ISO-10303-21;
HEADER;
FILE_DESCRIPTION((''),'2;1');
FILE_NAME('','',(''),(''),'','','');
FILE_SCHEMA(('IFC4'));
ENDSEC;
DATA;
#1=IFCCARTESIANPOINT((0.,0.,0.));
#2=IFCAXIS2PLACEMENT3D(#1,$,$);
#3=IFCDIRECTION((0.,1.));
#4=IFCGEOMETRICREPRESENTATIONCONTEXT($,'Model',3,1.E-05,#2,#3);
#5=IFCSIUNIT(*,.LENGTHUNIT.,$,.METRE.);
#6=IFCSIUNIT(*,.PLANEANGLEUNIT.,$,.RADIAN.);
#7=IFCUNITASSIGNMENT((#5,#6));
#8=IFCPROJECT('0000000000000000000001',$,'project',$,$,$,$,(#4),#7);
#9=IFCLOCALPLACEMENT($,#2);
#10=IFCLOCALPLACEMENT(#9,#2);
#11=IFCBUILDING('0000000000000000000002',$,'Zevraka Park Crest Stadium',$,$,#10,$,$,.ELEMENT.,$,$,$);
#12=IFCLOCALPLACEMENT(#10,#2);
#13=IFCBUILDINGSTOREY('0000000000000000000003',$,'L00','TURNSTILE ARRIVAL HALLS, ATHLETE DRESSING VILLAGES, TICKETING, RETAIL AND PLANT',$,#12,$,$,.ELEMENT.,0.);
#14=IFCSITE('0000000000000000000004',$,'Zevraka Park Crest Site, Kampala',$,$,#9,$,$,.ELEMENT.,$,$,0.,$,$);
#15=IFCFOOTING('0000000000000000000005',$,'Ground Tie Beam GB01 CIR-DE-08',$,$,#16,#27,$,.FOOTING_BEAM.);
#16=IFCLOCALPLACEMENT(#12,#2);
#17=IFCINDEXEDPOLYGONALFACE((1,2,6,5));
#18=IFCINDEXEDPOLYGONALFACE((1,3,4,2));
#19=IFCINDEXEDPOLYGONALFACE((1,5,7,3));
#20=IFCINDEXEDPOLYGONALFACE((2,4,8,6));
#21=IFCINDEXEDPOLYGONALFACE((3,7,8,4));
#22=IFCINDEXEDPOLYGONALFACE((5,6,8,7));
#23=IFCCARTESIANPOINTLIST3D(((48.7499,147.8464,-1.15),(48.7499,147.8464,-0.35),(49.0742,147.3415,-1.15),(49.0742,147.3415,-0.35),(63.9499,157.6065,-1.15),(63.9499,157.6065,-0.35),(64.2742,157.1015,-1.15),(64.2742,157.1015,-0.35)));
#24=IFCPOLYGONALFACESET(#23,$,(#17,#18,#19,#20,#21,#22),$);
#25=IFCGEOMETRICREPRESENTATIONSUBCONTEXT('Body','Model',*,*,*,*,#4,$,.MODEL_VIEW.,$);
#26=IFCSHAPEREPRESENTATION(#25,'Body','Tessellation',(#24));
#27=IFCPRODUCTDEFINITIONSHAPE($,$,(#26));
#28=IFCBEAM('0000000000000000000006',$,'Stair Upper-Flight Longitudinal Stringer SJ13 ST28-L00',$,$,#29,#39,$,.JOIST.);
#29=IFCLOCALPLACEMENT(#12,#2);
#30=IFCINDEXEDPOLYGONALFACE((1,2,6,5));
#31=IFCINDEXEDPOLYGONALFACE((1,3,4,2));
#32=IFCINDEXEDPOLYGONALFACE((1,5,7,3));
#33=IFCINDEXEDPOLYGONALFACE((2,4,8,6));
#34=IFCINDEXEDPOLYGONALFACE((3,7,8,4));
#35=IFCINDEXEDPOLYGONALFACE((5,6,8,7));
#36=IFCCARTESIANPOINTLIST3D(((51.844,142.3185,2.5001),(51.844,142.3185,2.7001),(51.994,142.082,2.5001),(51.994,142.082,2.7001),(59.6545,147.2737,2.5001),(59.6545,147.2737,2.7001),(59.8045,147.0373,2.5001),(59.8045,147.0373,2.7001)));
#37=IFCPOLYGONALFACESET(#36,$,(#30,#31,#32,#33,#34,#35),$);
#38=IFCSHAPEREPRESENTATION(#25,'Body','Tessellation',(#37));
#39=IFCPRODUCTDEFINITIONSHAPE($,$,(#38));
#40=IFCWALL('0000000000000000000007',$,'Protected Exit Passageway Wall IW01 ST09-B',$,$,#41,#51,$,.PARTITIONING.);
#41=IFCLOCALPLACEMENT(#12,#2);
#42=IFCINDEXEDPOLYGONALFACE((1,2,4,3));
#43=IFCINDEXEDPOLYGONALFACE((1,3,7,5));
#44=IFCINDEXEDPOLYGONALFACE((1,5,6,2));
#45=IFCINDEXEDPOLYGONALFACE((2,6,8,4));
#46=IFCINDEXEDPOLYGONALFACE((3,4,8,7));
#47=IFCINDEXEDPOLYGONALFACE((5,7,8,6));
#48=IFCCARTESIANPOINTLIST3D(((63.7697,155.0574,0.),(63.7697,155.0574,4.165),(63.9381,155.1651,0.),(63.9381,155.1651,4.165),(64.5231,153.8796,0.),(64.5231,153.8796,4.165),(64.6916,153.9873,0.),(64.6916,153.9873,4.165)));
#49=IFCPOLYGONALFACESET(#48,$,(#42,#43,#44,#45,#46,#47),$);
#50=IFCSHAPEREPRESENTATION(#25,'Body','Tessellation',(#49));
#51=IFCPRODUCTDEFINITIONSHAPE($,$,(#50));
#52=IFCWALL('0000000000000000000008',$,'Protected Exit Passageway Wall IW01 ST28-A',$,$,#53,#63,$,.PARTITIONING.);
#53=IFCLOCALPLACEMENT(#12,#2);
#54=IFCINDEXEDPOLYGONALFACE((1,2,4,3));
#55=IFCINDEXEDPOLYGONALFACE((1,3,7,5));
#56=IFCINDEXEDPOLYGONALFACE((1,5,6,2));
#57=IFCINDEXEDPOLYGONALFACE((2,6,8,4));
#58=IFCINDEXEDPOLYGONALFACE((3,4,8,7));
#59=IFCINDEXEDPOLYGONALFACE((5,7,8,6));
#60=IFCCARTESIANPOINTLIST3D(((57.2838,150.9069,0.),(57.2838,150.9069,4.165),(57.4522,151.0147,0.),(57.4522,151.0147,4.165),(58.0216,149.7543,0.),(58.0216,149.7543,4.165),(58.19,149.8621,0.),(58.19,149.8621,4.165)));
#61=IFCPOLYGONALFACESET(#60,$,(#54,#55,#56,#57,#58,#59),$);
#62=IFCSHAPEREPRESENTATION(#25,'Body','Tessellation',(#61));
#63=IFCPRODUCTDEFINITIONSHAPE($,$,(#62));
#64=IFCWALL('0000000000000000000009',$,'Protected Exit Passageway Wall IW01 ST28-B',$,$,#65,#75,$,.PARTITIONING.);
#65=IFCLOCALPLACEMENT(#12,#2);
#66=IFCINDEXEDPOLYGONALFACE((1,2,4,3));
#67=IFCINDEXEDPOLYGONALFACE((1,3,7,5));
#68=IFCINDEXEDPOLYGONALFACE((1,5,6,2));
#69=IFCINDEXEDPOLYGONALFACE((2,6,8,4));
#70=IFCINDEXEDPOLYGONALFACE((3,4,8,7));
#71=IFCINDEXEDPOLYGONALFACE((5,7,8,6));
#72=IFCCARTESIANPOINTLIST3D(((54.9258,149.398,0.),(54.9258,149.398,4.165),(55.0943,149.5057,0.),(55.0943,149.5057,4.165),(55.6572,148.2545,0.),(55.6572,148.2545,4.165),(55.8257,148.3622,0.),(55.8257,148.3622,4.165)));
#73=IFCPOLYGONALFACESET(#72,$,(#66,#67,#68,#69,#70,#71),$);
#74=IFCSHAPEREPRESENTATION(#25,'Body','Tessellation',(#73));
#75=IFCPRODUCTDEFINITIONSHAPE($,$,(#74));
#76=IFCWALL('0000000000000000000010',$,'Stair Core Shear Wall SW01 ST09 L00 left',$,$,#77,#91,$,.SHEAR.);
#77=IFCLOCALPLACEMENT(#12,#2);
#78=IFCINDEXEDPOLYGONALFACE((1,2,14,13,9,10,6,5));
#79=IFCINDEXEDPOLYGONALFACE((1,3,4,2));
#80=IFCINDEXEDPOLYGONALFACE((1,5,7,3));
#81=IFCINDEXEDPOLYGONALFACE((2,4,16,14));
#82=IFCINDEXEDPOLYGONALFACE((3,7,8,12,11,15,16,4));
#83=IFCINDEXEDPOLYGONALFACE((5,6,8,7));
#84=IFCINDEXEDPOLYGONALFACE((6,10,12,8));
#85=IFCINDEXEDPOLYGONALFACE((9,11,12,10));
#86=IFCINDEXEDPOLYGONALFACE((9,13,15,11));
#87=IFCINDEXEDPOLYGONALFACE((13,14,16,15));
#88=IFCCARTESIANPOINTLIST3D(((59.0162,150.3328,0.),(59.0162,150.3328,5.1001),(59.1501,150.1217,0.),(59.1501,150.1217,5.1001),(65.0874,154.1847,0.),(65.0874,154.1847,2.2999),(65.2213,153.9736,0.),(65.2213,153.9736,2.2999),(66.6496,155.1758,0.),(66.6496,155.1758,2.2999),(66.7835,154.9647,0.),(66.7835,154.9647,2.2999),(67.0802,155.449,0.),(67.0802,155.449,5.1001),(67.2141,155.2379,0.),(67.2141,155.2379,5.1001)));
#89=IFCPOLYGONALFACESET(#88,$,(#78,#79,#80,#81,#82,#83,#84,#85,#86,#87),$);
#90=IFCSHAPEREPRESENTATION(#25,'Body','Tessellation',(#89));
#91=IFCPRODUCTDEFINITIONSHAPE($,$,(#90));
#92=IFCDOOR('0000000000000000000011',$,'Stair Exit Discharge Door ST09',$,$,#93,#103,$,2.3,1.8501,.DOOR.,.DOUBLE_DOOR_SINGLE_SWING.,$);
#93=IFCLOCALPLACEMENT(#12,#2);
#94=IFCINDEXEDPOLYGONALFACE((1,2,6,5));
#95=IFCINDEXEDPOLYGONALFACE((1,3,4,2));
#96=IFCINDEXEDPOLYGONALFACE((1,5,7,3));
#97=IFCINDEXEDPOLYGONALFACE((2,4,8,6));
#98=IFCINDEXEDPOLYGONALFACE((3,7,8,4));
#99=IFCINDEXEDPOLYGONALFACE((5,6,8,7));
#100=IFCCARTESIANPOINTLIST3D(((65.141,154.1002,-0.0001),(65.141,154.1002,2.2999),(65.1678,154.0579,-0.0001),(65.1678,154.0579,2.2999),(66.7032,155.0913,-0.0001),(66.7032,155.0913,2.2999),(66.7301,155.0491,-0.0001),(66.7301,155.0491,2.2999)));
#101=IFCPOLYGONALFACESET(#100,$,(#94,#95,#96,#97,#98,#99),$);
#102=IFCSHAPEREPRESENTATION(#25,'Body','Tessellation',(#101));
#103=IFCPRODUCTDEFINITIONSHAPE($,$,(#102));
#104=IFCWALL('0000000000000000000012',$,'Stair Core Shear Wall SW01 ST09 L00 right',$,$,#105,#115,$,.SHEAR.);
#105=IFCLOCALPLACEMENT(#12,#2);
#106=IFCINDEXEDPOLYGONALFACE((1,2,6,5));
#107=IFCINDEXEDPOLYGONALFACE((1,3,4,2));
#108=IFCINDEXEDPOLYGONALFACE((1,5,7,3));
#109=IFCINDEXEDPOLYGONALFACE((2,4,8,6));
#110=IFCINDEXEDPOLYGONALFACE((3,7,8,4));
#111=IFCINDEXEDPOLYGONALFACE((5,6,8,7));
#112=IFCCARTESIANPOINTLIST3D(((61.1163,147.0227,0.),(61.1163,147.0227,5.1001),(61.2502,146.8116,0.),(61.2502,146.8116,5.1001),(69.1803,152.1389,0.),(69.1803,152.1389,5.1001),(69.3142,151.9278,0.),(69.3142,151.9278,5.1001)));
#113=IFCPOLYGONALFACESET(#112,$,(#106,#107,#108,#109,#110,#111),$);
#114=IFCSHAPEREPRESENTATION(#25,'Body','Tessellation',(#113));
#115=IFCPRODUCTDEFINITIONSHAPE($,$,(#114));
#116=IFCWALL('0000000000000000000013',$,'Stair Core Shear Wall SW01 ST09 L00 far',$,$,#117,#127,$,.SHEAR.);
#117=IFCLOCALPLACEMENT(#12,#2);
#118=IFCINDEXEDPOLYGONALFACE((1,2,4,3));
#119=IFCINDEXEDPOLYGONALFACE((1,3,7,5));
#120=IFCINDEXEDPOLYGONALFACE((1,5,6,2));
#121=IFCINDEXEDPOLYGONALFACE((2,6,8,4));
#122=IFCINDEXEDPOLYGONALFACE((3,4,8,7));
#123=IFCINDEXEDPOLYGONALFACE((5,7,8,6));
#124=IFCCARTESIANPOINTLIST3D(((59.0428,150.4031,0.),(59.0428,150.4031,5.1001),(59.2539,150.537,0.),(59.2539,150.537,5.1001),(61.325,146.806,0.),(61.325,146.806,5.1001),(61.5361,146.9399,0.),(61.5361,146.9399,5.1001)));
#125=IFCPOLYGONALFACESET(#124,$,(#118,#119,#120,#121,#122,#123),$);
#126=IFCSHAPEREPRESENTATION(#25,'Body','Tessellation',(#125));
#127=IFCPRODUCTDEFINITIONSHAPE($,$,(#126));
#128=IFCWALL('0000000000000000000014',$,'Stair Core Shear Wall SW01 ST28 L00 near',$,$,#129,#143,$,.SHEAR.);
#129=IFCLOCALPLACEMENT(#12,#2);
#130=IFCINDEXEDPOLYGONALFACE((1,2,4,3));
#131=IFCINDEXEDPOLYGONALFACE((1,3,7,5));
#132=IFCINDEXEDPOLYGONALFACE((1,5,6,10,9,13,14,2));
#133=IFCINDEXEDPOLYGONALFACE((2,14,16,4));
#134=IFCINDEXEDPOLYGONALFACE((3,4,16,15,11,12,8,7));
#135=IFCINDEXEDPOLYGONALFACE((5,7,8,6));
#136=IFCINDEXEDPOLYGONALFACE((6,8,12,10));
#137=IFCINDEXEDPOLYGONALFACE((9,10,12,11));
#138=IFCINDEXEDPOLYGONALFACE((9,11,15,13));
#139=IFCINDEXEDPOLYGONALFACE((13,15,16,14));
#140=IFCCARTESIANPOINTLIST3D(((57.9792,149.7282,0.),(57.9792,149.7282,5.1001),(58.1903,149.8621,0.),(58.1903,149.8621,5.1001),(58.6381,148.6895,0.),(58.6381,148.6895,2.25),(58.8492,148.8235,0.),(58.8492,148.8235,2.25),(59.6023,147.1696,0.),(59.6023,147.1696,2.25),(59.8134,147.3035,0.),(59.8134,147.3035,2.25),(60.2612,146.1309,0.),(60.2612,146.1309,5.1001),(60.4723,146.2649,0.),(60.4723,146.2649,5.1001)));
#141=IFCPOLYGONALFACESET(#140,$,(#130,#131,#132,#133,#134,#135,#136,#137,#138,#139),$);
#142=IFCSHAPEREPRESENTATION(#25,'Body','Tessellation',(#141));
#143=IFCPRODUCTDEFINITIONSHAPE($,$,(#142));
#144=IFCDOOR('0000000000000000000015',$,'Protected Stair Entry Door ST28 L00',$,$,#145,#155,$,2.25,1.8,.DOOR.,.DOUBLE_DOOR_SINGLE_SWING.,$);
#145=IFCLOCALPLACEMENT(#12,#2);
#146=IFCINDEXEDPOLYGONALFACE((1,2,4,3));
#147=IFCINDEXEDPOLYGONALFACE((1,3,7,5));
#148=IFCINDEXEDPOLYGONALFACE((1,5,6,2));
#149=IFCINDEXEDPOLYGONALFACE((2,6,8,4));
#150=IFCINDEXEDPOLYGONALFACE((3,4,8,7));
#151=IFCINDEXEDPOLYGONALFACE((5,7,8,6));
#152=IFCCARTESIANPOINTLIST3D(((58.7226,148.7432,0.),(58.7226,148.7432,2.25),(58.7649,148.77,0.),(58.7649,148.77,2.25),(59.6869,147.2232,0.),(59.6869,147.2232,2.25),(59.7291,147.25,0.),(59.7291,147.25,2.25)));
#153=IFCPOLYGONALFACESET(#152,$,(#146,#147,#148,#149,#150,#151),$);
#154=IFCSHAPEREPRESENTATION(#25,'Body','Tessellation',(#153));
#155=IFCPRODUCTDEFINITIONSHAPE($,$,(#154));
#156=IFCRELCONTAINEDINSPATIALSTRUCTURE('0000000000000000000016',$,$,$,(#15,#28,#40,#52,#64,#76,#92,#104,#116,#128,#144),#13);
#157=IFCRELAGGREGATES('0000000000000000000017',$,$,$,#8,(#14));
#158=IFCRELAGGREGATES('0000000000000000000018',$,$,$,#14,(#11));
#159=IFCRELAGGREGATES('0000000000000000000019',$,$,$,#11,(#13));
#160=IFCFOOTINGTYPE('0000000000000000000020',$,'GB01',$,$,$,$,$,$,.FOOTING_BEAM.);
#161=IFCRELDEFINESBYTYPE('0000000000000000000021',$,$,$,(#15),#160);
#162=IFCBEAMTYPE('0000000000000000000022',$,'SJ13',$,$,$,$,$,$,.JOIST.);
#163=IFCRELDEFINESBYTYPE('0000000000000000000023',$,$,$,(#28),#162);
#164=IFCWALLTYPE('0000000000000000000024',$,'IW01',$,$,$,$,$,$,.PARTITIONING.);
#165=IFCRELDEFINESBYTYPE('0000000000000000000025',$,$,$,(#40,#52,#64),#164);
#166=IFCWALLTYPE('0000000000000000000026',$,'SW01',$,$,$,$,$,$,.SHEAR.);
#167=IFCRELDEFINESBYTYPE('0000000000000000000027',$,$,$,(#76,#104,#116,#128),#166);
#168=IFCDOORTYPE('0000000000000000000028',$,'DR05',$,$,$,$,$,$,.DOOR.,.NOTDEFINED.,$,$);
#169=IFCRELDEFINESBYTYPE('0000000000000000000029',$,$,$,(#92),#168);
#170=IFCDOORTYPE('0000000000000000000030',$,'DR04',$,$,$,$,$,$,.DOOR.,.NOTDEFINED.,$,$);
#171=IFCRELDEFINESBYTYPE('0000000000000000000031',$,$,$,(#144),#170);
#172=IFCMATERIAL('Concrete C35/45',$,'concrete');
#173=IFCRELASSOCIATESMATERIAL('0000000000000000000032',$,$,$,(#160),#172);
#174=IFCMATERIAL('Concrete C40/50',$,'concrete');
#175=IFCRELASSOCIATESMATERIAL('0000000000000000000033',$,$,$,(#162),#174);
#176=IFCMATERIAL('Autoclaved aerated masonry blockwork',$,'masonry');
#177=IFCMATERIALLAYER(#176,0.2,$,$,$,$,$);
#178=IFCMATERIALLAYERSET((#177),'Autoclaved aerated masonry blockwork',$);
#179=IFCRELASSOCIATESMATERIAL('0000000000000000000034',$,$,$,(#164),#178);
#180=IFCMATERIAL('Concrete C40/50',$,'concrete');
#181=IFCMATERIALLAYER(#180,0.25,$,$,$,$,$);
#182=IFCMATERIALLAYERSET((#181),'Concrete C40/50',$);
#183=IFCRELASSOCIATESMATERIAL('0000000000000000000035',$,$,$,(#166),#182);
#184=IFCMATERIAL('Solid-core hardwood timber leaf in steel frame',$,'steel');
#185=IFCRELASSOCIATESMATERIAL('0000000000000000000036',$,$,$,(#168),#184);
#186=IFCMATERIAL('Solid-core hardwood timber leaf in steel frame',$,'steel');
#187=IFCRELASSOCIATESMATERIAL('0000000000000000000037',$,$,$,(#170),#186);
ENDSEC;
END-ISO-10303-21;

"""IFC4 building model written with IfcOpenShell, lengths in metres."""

from ifc_helpers import new_model, si_unit, direction, frame, frame_2d, origin, origin_2d, place, context, subcontext, project, spatial, rectangle, extrude, material, layer, layer_set, material_profile, profile_set, type_object, element, fill, save


model = new_model("IFC4")

# Units and contexts
model_context = context("Model", 3, precision=1e-05, world=origin(), true_north=direction((0.0, 1.0)))
body_context = subcontext(model_context, "Body", "Model", "MODEL_VIEW")
ifc_project = project(units=[si_unit("LENGTHUNIT", "METRE"), si_unit("PLANEANGLEUNIT", "RADIAN")], contexts=[model_context])

# Site, building, storey
site_placement = place(None, origin())
site = spatial("IfcSite", under=ifc_project, at=site_placement, Name="Zevraka Park Crest Site, Kampala", CompositionType="ELEMENT", RefElevation=0.0)
building_placement = place(site_placement, origin())
building = spatial("IfcBuilding", under=site, at=building_placement, Name="Zevraka Park Crest Stadium", CompositionType="ELEMENT")
storey_placement = place(building_placement, origin())
storey = spatial("IfcBuildingStorey", under=building, at=storey_placement, Name="L00", Description="TURNSTILE ARRIVAL HALLS, ATHLETE DRESSING VILLAGES, TICKETING, RETAIL AND PLANT", CompositionType="ELEMENT", Elevation=0.0)

# Footing
ifc_material_1 = material(Name="Concrete C35/45", Category="concrete")
ifc_material_profile_1 = material_profile(ifc_material_1, rectangle(XDim=0.6001, YDim=0.8, at=origin_2d()), Name="GB 800x600")
ifc_profile_set_1 = profile_set([ifc_material_profile_1], Name="Concrete C35/45")
footing_type = type_object("IfcFootingType", Name="GB01", PredefinedType="FOOTING_BEAM", material=ifc_profile_set_1)
footing_placement = place(storey_placement, frame((64.1121, 157.354, -0.75), z_axis=(-0.841465, -0.540311, 0.0), x_axis=(0.540311, -0.841465, 0.0)))
element("IfcFooting", 1, at=footing_placement, inside=storey, type_object=footing_type, Name="Ground Tie Beam GB01 CIR-DE-08", PredefinedType="FOOTING_BEAM", context=body_context, shape_type="SweptSolid", body=[
    extrude(rectangle(XDim=0.6001, YDim=0.8, at=origin_2d()), origin(), (0.0, 0.0, 1.0), 18.0637),
])

# Beam
ifc_material_2 = material(Name="Concrete C40/50", Category="concrete")
ifc_material_profile_2 = material_profile(ifc_material_2, rectangle(XDim=0.28, YDim=0.2, at=origin_2d()), Name="RC 200x280")
ifc_profile_set_2 = profile_set([ifc_material_profile_2], Name="Concrete C40/50")
beam_type = type_object("IfcBeamType", Name="SJ13", PredefinedType="JOIST", material=ifc_profile_set_2)
beam_placement = place(storey_placement, frame((59.7295, 147.1555, 2.6001), z_axis=(-0.844396, -0.535719, 0.0), x_axis=(0.535719, -0.844396, 0.0)))
element("IfcBeam", 2, at=beam_placement, inside=storey, type_object=beam_type, Name="Stair Upper-Flight Longitudinal Stringer SJ13 ST28-L00", PredefinedType="JOIST", context=body_context, shape_type="SweptSolid", body=[
    extrude(rectangle(XDim=0.28, YDim=0.2, at=origin_2d()), origin(), (0.0, 0.0, 1.0), 9.2498),
])

# Walls
ifc_material_3 = material(Name="Autoclaved aerated masonry blockwork", Category="masonry")
ifc_layer_1 = layer(ifc_material_3, 0.2)
ifc_layer_set_1 = layer_set([ifc_layer_1], Name="Autoclaved aerated masonry blockwork")
wall_type_1 = type_object("IfcWallType", Name="IW01", PredefinedType="PARTITIONING", material=ifc_layer_set_1)
wall_1_placement = place(storey_placement, frame((64.6074, 153.9333, 0.0), z_axis=(0.0, 0.0, 1.0), x_axis=(-0.538885, 0.842379, 0.0)))
element("IfcWall", 3, at=wall_1_placement, inside=storey, type_object=wall_type_1, Name="Protected Exit Passageway Wall IW01 ST09-B", PredefinedType="PARTITIONING", context=body_context, shape_type="SweptSolid", body=[
    extrude(rectangle(XDim=1.3982, YDim=0.2, at=frame_2d((0.6992, 0.0))), origin(), (0.0, 0.0, 1.0), 4.165),
])
wall_2_placement = place(storey_placement, frame((58.1057, 149.8083, 0.0), z_axis=(0.0, 0.0, 1.0), x_axis=(-0.539125, 0.842226, 0.0)))
element("IfcWall", 4, at=wall_2_placement, inside=storey, type_object=wall_type_1, Name="Protected Exit Passageway Wall IW01 ST28-A", PredefinedType="PARTITIONING", context=body_context, shape_type="SweptSolid", body=[
    extrude(rectangle(XDim=1.3684, YDim=0.2, at=frame_2d((0.6841, 0.0))), origin(), (0.0, 0.0, 1.0), 4.165),
])
wall_3_placement = place(storey_placement, frame((55.7415, 148.3083, 0.0), z_axis=(0.0, 0.0, 1.0), x_axis=(-0.538829, 0.842415, 0.0)))
element("IfcWall", 5, at=wall_3_placement, inside=storey, type_object=wall_type_1, Name="Protected Exit Passageway Wall IW01 ST28-B", PredefinedType="PARTITIONING", context=body_context, shape_type="SweptSolid", body=[
    extrude(rectangle(XDim=1.3574, YDim=0.2, at=frame_2d((0.6787, 0.0))), origin(), (0.0, 0.0, 1.0), 4.165),
])

# Wall, opening, door
ifc_material_4 = material(Name="Concrete C40/50", Category="concrete")
ifc_layer_2 = layer(ifc_material_4, 0.25)
ifc_layer_set_2 = layer_set([ifc_layer_2], Name="Concrete C40/50")
wall_type_2 = type_object("IfcWallType", Name="SW01", PredefinedType="SHEAR", material=ifc_layer_set_2)
wall_4_placement = place(storey_placement, frame((59.0833, 150.2273, 0.0), z_axis=(0.0, 0.0, 1.0), x_axis=(0.844391, 0.535727, 0.0)))
wall_4 = element("IfcWall", 6, at=wall_4_placement, inside=storey, type_object=wall_type_2, Name="Stair Core Shear Wall SW01 ST09 L00 left", PredefinedType="SHEAR", context=body_context, shape_type="SweptSolid", body=[
    extrude(rectangle(XDim=9.55, YDim=0.25, at=frame_2d((4.7749, 0.0))), origin(), (0.0, 0.0, 1.0), 5.1001),
])
opening_1_placement = place(wall_4_placement, frame((7.1899, 0.0, 0.0)))
opening_1 = element("IfcOpeningElement", 7, at=opening_1_placement, cuts=wall_4, PredefinedType="OPENING", context=body_context, shape_type="SweptSolid", body=[
    extrude(rectangle(XDim=1.8501, YDim=2.3, at=frame_2d((0.925, 1.1499))), frame((0.0, 0.135, 0.0), z_axis=(0.0, -1.0, 0.0), x_axis=(1.0, 0.0, 0.0)), (0.0, 0.0, 1.0), 0.27),
])
ifc_material_5 = material(Name="Solid-core hardwood timber leaf in steel frame", Category="steel")
door_type_1 = type_object("IfcDoorType", Name="DR05", OperationType="NOTDEFINED", PredefinedType="DOOR", material=ifc_material_5)
door_1_placement = place(opening_1_placement, origin())
door_1 = element("IfcDoor", 8, at=door_1_placement, inside=storey, type_object=door_type_1, Name="Stair Exit Discharge Door ST09", OperationType="DOUBLE_DOOR_SINGLE_SWING", OverallHeight=2.3, OverallWidth=1.8501, PredefinedType="DOOR", context=body_context, shape_type="SweptSolid", body=[
    extrude(rectangle(XDim=1.8501, YDim=2.3, at=frame_2d((0.925, 1.1499))), frame((0.0, 0.0249, 0.0), z_axis=(0.0, -1.0, 0.0), x_axis=(1.0, 0.0, 0.0)), (0.0, 0.0, 1.0), 0.05),
])
fill(opening_1, door_1)

# Walls
wall_5_placement = place(storey_placement, frame((61.1833, 146.9172, 0.0), z_axis=(0.0, 0.0, 1.0), x_axis=(0.844391, 0.535727, 0.0)))
element("IfcWall", 9, at=wall_5_placement, inside=storey, type_object=wall_type_2, Name="Stair Core Shear Wall SW01 ST09 L00 right", PredefinedType="SHEAR", context=body_context, shape_type="SweptSolid", body=[
    extrude(rectangle(XDim=9.55, YDim=0.25, at=frame_2d((4.7749, 0.0))), origin(), (0.0, 0.0, 1.0), 5.1001),
])
wall_6_placement = place(storey_placement, frame((59.1484, 150.47, 0.0), z_axis=(0.0, 0.0, 1.0), x_axis=(0.535725, -0.844392, 0.0)))
element("IfcWall", 10, at=wall_6_placement, inside=storey, type_object=wall_type_2, Name="Stair Core Shear Wall SW01 ST09 L00 far", PredefinedType="SHEAR", context=body_context, shape_type="SweptSolid", body=[
    extrude(rectangle(XDim=4.26, YDim=0.25, at=frame_2d((2.1299, 0.0))), origin(), (0.0, 0.0, 1.0), 5.1001),
])

# Wall, opening, door
wall_7_placement = place(storey_placement, frame((60.3667, 146.198, 0.0), z_axis=(0.0, 0.0, 1.0), x_axis=(-0.535685, 0.844418, 0.0)))
wall_7 = element("IfcWall", 11, at=wall_7_placement, inside=storey, type_object=wall_type_2, Name="Stair Core Shear Wall SW01 ST28 L00 near", PredefinedType="SHEAR", context=body_context, shape_type="SweptSolid", body=[
    extrude(rectangle(XDim=4.26, YDim=0.25, at=frame_2d((2.1299, 0.0))), origin(), (0.0, 0.0, 1.0), 5.1001),
])
opening_2_placement = place(wall_7_placement, frame((1.23, 0.0, 0.0)))
opening_2 = element("IfcOpeningElement", 12, at=opening_2_placement, cuts=wall_7, PredefinedType="OPENING", context=body_context, shape_type="SweptSolid", body=[
    extrude(rectangle(XDim=1.8, YDim=2.25, at=frame_2d((0.8999, 1.125))), frame((0.0, 0.135, 0.0), z_axis=(0.0, -1.0, 0.0), x_axis=(1.0, 0.0, 0.0)), (0.0, 0.0, 1.0), 0.27),
])
ifc_material_6 = material(Name="Solid-core hardwood timber leaf in steel frame", Category="steel")
door_type_2 = type_object("IfcDoorType", Name="DR04", OperationType="NOTDEFINED", PredefinedType="DOOR", material=ifc_material_6)
door_2_placement = place(opening_2_placement, origin())
door_2 = element("IfcDoor", 13, at=door_2_placement, inside=storey, type_object=door_type_2, Name="Protected Stair Entry Door ST28 L00", OperationType="DOUBLE_DOOR_SINGLE_SWING", OverallHeight=2.25, OverallWidth=1.8, PredefinedType="DOOR", context=body_context, shape_type="SweptSolid", body=[
    extrude(rectangle(XDim=1.8, YDim=2.25, at=frame_2d((0.8999, 1.125))), frame((0.0, 0.0249, 0.0), z_axis=(0.0, -1.0, 0.0), x_axis=(1.0, 0.0, 0.0)), (0.0, 0.0, 1.0), 0.05),
])
fill(opening_2, door_2)

save(model, "model.ifc")
